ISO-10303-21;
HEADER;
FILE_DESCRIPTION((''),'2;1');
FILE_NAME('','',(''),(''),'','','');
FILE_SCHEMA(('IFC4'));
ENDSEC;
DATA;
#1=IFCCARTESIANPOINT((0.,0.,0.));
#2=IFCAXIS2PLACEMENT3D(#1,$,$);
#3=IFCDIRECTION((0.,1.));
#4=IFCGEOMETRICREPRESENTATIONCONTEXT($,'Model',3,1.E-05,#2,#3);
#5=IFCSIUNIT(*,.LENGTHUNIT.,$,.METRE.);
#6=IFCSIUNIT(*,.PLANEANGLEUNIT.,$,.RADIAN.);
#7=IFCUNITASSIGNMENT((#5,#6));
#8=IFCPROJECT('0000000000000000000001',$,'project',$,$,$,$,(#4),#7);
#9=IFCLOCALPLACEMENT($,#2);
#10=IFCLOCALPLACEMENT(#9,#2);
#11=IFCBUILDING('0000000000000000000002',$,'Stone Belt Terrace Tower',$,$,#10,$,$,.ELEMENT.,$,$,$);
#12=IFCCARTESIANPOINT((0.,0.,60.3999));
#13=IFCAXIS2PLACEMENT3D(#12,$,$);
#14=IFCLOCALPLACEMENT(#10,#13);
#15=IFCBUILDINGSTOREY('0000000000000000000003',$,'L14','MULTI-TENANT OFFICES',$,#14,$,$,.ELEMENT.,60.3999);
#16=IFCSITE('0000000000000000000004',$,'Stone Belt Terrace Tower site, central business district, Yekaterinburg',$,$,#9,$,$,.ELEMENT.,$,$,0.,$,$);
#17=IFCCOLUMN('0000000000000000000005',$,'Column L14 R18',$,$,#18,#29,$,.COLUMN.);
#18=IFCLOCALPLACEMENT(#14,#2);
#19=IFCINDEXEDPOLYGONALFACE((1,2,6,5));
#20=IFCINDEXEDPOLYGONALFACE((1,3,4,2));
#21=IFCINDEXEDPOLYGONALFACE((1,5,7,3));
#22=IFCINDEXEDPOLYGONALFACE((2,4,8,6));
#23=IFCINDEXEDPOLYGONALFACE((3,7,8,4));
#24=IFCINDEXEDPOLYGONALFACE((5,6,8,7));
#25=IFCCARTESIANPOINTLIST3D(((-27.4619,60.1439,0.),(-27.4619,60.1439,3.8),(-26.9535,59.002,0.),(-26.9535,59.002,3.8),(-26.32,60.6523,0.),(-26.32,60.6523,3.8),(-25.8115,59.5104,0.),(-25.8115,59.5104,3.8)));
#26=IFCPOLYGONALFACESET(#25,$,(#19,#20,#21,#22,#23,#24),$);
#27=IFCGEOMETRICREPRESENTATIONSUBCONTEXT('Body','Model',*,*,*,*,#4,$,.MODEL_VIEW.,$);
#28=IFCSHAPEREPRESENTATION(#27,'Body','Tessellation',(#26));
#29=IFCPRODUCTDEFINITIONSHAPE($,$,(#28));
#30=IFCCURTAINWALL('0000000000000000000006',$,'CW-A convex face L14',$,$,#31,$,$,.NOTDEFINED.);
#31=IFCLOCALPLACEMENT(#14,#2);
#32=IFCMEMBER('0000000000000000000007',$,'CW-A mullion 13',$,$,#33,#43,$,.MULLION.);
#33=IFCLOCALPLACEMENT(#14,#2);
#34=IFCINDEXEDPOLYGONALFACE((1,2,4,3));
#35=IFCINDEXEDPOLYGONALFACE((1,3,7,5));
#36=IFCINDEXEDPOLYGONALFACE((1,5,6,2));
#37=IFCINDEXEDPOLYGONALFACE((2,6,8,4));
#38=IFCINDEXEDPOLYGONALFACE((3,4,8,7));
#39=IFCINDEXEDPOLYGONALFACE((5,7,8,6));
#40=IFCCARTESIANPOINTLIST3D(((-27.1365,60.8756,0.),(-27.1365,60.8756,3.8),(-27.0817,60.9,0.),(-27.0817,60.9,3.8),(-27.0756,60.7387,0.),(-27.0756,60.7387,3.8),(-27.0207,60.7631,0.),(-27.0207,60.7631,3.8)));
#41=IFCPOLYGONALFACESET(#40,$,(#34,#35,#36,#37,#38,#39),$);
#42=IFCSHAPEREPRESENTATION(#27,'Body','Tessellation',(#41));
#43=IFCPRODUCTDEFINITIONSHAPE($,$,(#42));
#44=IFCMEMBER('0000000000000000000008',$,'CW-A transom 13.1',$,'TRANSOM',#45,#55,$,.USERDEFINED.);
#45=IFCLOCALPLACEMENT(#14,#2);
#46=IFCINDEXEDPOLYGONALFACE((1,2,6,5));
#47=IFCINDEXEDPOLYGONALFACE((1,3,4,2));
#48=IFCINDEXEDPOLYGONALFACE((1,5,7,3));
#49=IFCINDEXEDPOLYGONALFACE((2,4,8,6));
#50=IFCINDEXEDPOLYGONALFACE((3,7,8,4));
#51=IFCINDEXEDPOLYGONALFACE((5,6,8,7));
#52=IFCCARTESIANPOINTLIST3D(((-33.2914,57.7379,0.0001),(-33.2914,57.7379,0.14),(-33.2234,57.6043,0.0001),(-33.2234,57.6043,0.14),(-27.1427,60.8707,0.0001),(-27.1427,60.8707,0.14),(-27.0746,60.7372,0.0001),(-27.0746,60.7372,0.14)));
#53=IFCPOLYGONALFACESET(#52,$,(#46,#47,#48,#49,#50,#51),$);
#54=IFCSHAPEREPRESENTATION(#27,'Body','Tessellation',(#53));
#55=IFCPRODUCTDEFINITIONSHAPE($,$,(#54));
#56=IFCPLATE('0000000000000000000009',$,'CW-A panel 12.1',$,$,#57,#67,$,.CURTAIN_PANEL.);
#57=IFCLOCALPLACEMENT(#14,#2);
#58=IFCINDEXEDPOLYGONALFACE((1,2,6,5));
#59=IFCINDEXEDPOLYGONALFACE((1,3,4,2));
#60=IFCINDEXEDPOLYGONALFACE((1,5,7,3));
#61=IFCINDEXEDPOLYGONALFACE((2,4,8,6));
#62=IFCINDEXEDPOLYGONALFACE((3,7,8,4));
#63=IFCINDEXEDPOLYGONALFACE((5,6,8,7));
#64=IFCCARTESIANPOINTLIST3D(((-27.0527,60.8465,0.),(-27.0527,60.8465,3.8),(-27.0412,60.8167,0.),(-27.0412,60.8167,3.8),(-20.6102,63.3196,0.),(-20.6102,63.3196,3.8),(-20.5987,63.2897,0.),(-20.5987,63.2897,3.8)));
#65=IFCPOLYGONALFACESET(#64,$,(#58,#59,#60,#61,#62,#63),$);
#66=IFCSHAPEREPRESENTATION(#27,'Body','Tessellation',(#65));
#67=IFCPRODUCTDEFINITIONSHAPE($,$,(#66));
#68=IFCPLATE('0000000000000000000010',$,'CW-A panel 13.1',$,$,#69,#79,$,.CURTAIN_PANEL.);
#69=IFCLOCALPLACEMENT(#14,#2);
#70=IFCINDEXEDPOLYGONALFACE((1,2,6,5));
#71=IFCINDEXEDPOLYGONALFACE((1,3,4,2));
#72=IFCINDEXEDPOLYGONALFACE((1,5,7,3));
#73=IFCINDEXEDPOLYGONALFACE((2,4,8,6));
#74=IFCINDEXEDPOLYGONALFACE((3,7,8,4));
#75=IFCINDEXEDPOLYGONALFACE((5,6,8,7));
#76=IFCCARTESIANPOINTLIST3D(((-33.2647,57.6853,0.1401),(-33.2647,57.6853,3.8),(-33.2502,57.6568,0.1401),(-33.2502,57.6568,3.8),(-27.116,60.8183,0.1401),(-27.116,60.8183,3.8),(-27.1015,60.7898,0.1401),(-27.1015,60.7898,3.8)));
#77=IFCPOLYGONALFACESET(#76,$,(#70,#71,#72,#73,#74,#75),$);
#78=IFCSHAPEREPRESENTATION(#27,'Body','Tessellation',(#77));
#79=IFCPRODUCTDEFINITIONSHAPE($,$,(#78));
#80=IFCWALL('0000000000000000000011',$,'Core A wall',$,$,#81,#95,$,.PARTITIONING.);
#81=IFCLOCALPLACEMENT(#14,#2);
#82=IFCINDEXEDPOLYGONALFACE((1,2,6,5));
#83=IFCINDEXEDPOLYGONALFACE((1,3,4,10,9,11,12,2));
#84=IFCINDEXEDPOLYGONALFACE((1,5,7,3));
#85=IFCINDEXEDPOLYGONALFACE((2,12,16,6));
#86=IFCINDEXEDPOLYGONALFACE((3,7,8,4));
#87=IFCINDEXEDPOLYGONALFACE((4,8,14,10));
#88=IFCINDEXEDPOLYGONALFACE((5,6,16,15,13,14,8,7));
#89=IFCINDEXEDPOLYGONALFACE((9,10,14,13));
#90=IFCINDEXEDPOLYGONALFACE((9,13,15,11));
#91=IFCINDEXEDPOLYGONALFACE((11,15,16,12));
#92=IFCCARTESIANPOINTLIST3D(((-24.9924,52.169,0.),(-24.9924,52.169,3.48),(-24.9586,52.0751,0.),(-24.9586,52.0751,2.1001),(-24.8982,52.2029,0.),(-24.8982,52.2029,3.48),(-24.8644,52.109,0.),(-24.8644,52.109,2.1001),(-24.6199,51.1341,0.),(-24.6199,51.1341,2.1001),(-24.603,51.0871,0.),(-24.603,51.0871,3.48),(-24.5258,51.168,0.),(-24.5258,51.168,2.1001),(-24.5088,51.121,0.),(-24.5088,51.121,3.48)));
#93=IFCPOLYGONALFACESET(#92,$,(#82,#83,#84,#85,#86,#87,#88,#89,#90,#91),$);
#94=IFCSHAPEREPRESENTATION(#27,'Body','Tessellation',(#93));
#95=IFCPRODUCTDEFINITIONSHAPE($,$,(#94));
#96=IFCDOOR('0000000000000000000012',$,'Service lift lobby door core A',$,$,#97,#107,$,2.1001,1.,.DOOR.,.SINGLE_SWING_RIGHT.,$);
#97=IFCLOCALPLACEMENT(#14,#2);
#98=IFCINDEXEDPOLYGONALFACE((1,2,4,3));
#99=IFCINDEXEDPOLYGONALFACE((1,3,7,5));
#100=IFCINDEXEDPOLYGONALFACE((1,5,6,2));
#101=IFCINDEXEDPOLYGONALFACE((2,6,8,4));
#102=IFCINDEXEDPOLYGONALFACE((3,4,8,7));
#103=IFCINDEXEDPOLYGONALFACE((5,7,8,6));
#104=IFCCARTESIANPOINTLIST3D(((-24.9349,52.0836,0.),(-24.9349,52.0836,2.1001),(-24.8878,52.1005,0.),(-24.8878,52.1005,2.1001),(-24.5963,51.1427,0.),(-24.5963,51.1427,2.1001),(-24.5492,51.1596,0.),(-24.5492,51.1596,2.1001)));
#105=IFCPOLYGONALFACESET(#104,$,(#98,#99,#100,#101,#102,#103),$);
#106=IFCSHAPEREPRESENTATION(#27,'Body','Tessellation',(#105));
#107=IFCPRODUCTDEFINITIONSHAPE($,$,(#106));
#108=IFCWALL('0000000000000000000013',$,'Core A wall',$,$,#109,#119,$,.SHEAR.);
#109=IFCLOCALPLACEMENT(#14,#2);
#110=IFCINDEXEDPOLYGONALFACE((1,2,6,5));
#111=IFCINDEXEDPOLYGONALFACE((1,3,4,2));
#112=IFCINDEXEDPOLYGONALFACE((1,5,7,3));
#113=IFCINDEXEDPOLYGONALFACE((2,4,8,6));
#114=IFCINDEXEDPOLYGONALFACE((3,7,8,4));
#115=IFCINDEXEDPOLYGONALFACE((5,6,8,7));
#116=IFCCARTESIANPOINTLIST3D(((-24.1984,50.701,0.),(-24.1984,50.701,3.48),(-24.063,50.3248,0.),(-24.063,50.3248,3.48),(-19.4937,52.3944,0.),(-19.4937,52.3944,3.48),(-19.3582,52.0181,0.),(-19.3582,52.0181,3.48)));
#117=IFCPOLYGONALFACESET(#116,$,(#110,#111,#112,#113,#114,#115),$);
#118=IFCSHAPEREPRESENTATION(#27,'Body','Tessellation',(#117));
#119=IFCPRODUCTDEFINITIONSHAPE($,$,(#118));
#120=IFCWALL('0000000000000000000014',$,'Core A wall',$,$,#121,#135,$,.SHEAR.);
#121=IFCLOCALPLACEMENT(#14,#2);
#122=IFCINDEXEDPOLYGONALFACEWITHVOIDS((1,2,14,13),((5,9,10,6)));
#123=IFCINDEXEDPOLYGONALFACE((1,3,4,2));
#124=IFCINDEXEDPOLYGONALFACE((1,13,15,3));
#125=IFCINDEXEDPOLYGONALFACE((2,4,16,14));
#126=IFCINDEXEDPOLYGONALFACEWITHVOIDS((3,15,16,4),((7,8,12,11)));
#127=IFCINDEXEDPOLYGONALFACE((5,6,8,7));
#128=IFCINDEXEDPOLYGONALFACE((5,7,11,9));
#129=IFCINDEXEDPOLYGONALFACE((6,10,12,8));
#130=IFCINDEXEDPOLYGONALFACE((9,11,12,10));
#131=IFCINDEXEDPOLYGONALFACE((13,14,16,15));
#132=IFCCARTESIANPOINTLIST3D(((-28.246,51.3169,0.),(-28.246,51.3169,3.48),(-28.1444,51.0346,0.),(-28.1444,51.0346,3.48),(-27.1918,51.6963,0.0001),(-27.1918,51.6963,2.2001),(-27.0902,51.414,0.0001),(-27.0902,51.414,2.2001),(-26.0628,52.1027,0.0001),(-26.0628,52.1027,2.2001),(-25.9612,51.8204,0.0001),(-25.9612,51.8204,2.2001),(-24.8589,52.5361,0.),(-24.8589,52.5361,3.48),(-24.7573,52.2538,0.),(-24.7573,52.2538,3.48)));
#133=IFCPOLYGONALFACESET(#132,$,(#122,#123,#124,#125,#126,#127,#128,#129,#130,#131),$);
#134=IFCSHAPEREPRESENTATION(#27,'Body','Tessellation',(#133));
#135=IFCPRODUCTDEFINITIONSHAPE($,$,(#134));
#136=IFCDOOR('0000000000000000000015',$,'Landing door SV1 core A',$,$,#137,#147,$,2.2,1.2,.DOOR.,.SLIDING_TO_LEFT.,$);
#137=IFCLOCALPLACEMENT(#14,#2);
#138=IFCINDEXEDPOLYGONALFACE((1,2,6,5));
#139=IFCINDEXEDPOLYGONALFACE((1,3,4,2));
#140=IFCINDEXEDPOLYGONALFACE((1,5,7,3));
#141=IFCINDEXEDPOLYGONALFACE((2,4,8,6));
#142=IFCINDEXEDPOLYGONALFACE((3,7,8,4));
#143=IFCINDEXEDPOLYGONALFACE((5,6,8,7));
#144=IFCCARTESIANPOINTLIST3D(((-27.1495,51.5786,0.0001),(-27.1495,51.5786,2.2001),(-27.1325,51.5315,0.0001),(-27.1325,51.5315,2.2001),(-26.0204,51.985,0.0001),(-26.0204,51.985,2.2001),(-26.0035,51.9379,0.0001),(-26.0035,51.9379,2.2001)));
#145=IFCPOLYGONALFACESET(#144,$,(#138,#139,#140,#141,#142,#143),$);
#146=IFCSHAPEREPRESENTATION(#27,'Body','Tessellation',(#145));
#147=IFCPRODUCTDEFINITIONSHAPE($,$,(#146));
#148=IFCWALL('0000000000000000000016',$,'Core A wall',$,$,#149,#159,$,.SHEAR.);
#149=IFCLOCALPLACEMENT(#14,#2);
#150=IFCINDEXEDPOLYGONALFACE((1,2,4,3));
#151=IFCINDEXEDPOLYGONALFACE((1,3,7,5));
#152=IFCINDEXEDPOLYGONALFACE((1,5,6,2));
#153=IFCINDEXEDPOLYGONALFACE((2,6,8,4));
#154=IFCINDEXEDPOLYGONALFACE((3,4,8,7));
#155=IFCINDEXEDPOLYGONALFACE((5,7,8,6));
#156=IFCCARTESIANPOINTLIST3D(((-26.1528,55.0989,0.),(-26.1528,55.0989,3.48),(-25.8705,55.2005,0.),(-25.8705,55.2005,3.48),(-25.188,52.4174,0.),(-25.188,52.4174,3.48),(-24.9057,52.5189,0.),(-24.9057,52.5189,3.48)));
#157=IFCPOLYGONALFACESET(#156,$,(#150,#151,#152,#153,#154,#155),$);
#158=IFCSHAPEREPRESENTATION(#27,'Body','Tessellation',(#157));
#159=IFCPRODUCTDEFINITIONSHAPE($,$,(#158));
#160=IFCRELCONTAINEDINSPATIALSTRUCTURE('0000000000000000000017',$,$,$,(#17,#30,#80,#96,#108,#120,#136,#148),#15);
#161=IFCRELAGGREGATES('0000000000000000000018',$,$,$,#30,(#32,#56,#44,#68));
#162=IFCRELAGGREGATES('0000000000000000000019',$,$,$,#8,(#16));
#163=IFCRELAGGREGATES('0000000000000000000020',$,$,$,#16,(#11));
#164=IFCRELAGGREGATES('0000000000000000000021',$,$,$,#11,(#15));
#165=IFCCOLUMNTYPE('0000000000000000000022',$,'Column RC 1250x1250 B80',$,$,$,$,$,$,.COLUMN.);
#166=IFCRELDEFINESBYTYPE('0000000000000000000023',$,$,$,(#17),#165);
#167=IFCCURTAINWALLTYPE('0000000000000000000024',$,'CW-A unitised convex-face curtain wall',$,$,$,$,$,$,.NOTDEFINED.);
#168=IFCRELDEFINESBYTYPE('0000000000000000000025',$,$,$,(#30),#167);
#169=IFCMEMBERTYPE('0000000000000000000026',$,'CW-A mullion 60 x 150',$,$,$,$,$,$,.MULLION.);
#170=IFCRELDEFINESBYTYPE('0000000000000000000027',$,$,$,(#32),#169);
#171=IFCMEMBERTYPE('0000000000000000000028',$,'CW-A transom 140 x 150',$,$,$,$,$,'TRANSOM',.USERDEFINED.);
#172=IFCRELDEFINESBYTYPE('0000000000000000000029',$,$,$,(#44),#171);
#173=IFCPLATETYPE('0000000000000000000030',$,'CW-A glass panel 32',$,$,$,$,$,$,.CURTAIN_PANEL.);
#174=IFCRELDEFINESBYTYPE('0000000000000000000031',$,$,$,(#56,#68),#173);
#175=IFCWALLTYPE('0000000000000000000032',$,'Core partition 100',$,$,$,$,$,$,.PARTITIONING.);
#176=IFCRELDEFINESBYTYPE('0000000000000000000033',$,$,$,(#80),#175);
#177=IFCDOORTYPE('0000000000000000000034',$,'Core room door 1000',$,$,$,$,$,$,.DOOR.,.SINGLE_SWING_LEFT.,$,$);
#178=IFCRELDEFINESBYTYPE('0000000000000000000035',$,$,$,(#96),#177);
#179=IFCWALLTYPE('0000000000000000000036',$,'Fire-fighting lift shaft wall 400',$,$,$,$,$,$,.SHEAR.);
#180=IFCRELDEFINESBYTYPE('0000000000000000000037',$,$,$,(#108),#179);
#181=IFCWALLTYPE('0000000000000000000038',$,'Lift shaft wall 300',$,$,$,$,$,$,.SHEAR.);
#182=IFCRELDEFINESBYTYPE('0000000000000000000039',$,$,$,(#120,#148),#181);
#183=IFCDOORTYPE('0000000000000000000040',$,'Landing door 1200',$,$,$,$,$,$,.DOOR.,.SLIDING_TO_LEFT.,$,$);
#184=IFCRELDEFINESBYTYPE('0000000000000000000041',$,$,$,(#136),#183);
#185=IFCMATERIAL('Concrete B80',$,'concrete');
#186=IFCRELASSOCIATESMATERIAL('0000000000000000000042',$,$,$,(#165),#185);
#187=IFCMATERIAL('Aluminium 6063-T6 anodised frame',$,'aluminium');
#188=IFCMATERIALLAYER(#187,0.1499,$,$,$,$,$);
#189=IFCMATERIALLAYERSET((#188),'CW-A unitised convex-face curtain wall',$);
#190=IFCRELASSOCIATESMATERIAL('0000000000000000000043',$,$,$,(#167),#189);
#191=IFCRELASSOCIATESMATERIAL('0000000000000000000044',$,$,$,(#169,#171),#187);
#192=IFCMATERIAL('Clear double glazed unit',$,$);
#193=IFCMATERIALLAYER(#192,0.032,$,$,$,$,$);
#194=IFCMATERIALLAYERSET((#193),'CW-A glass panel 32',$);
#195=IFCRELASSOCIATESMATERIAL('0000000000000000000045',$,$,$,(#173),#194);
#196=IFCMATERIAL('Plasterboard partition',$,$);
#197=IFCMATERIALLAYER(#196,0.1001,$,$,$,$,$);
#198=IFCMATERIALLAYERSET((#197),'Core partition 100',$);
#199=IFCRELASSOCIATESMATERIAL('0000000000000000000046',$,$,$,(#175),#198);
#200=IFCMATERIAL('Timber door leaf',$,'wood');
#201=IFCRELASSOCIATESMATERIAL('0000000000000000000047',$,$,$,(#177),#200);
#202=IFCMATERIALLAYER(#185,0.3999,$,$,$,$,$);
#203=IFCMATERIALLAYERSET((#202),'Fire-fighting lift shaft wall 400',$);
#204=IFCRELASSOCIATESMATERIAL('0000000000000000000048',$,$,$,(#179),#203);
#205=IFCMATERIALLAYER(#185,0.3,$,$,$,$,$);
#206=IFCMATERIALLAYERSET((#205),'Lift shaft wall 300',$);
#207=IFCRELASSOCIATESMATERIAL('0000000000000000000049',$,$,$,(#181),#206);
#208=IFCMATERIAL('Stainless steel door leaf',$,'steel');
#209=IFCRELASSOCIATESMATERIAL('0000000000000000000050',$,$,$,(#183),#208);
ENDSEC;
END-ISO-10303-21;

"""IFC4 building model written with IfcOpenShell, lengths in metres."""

from ifc_helpers import new_model, si_unit, direction, frame, frame_2d, origin, origin_2d, place, context, subcontext, project, spatial, rectangle, extrude, material, layer, layer_set, material_profile, profile_set, type_object, element, fill, aggregate, save


model = new_model("IFC4")

# Units and contexts
model_context = context("Model", 3, precision=1e-05, world=origin(), true_north=direction((0.0, 1.0)))
body_context = subcontext(model_context, "Body", "Model", "MODEL_VIEW")
ifc_project = project(units=[si_unit("LENGTHUNIT", "METRE"), si_unit("PLANEANGLEUNIT", "RADIAN")], contexts=[model_context])

# Site, building, storey
site_placement = place(None, origin())
site = spatial("IfcSite", under=ifc_project, at=site_placement, Name="Stone Belt Terrace Tower site, central business district, Yekaterinburg", CompositionType="ELEMENT", RefElevation=0.0)
building_placement = place(site_placement, origin())
building = spatial("IfcBuilding", under=site, at=building_placement, Name="Stone Belt Terrace Tower", CompositionType="ELEMENT")
storey_placement = place(building_placement, frame((0.0, 0.0, 60.3999)))
storey = spatial("IfcBuildingStorey", under=building, at=storey_placement, Name="L14", Description="MULTI-TENANT OFFICES", CompositionType="ELEMENT", Elevation=60.3999)

# Column
ifc_material_1 = material(Name="Concrete B80", Category="concrete")
ifc_material_profile_1 = material_profile(ifc_material_1, rectangle(XDim=1.25, YDim=1.25, at=origin_2d()), Name="RC 1250x1250")
ifc_profile_set_1 = profile_set([ifc_material_profile_1], Name="Concrete B80")
column_type = type_object("IfcColumnType", Name="Column RC 1250x1250 B80", PredefinedType="COLUMN", material=ifc_profile_set_1)
column_placement = place(storey_placement, frame((-26.6367, 59.8271, 0.0), z_axis=(0.0, 0.0, 1.0), x_axis=(0.913545, 0.406737, 0.0)))
element("IfcColumn", 1, at=column_placement, inside=storey, type_object=column_type, Name="Column L14 R18", PredefinedType="COLUMN", context=body_context, shape_type="SweptSolid", body=[
    extrude(rectangle(XDim=1.25, YDim=1.25, at=origin_2d()), origin(), (0.0, 0.0, 1.0), 3.8),
])

# Curtain wall, members, plates
ifc_material_2 = material(Name="Aluminium 6063-T6 anodised frame", Category="aluminium")
ifc_layer_1 = layer(ifc_material_2, 0.1499)
ifc_layer_set_1 = layer_set([ifc_layer_1], Name="CW-A unitised convex-face curtain wall")
curtain_wall_type = type_object("IfcCurtainWallType", Name="CW-A unitised convex-face curtain wall", PredefinedType="NOTDEFINED", material=ifc_layer_set_1)
curtain_wall_placement = place(storey_placement, origin())
curtain_wall = element("IfcCurtainWall", 2, at=curtain_wall_placement, inside=storey, type_object=curtain_wall_type, Name="CW-A convex face L14", PredefinedType="NOTDEFINED")
ifc_material_profile_2 = material_profile(ifc_material_2, rectangle(XDim=0.1499, YDim=0.0601, at=origin_2d()), Name="Aluminium 6063-T6 60x150")
ifc_profile_set_2 = profile_set([ifc_material_profile_2], Name="Aluminium 6063-T6 anodised frame")
member_type_1 = type_object("IfcMemberType", Name="CW-A mullion 60 x 150", PredefinedType="MULLION", material=ifc_profile_set_2)
member_1_placement = place(storey_placement, frame((-27.0786, 60.8193, 0.0), z_axis=(0.0, 0.0, 1.0), x_axis=(0.406737, -0.913545, 0.0)))
member_1 = element("IfcMember", 3, at=member_1_placement, type_object=member_type_1, Name="CW-A mullion 13", PredefinedType="MULLION", context=body_context, shape_type="SweptSolid", body=[
    extrude(rectangle(XDim=0.1499, YDim=0.0601, at=origin_2d()), origin(), (0.0, 0.0, 1.0), 3.8),
])
ifc_material_profile_3 = material_profile(ifc_material_2, rectangle(XDim=0.1499, YDim=0.1399, at=origin_2d()), Name="Aluminium 6063-T6 150x140")
ifc_profile_set_3 = profile_set([ifc_material_profile_3], Name="Aluminium 6063-T6 anodised frame")
member_type_2 = type_object("IfcMemberType", Name="CW-A transom 140 x 150", ElementType="TRANSOM", PredefinedType="USERDEFINED", material=ifc_profile_set_3)
member_2_placement = place(storey_placement, frame((-27.1086, 60.804, 0.0701), z_axis=(-0.891012, -0.453979, 0.0), x_axis=(0.453979, -0.891012, 0.0)))
member_2 = element("IfcMember", 4, at=member_2_placement, type_object=member_type_2, Name="CW-A transom 13.1", ObjectType="TRANSOM", PredefinedType="USERDEFINED", context=body_context, shape_type="SweptSolid", body=[
    extrude(rectangle(XDim=0.1499, YDim=0.1399, at=origin_2d()), origin(), (0.0, 0.0, 1.0), 6.9009),
])
ifc_material_3 = material(Name="Clear double glazed unit")
ifc_layer_2 = layer(ifc_material_3, 0.032)
ifc_layer_set_2 = layer_set([ifc_layer_2], Name="CW-A glass panel 32")
plate_type = type_object("IfcPlateType", Name="CW-A glass panel 32", PredefinedType="CURTAIN_PANEL", material=ifc_layer_set_2)
plate_1_placement = place(storey_placement, frame((-23.8257, 62.0681, 0.0), z_axis=(0.0, 0.0, 1.0), x_axis=(-0.93358, -0.358368, 0.0)))
plate_1 = element("IfcPlate", 5, at=plate_1_placement, type_object=plate_type, Name="CW-A panel 12.1", PredefinedType="CURTAIN_PANEL", context=body_context, shape_type="SweptSolid", body=[
    extrude(rectangle(XDim=6.9009, YDim=0.032, at=origin_2d()), origin(), (0.0, 0.0, 1.0), 3.8),
])
plate_2_placement = place(storey_placement, frame((-30.1831, 59.2375, 0.1401), z_axis=(0.0, 0.0, 1.0), x_axis=(-0.891007, -0.45399, 0.0)))
plate_2 = element("IfcPlate", 6, at=plate_2_placement, type_object=plate_type, Name="CW-A panel 13.1", PredefinedType="CURTAIN_PANEL", context=body_context, shape_type="SweptSolid", body=[
    extrude(rectangle(XDim=6.9009, YDim=0.032, at=origin_2d()), origin(), (0.0, 0.0, 1.0), 3.6599),
])
aggregate(curtain_wall, [member_1, plate_1, member_2, plate_2])

# Wall, opening, door
ifc_material_4 = material(Name="Plasterboard partition")
ifc_layer_3 = layer(ifc_material_4, 0.1001)
ifc_layer_set_3 = layer_set([ifc_layer_3], Name="Core partition 100")
wall_type_1 = type_object("IfcWallType", Name="Core partition 100", PredefinedType="PARTITIONING", material=ifc_layer_set_3)
wall_1_placement = place(storey_placement, frame((-24.5559, 51.104, 0.0), z_axis=(0.0, 0.0, 1.0), x_axis=(-0.338622, 0.940923, 0.0)))
wall_1 = element("IfcWall", 7, at=wall_1_placement, inside=storey, type_object=wall_type_1, Name="Core A wall", PredefinedType="PARTITIONING", context=body_context, shape_type="SweptSolid", body=[
    extrude(rectangle(XDim=1.1499, YDim=0.1001, at=frame_2d((0.575, 0.0))), origin(), (0.0, 0.0, 1.0), 3.48),
])
opening_1_placement = place(wall_1_placement, frame((0.05, 0.0, 0.0)))
opening_1 = element("IfcOpeningElement", 8, at=opening_1_placement, cuts=wall_1, PredefinedType="OPENING", context=body_context, shape_type="SweptSolid", body=[
    extrude(rectangle(XDim=1.0, YDim=2.1001, at=frame_2d((0.5, 1.05))), frame((0.0, 0.0601, 0.0), z_axis=(0.0, -1.0, 0.0), x_axis=(1.0, 0.0, 0.0)), (0.0, 0.0, 1.0), 0.1201),
])
ifc_material_5 = material(Name="Timber door leaf", Category="wood")
door_type_1 = type_object("IfcDoorType", Name="Core room door 1000", OperationType="SINGLE_SWING_LEFT", PredefinedType="DOOR", material=ifc_material_5)
door_1_placement = place(opening_1_placement, origin())
door_1 = element("IfcDoor", 9, at=door_1_placement, inside=storey, type_object=door_type_1, Name="Service lift lobby door core A", OperationType="SINGLE_SWING_RIGHT", OverallHeight=2.1001, OverallWidth=1.0, PredefinedType="DOOR", context=body_context, shape_type="SweptSolid", body=[
    extrude(rectangle(XDim=1.0, YDim=2.1001, at=frame_2d((0.5, 1.05))), frame((0.0, 0.0249, 0.0), z_axis=(0.0, -1.0, 0.0), x_axis=(1.0, 0.0, 0.0)), (0.0, 0.0, 1.0), 0.05),
])
fill(opening_1, door_1)

# Wall
ifc_layer_4 = layer(ifc_material_1, 0.3999)
ifc_layer_set_4 = layer_set([ifc_layer_4], Name="Fire-fighting lift shaft wall 400")
wall_type_2 = type_object("IfcWallType", Name="Fire-fighting lift shaft wall 400", PredefinedType="SHEAR", material=ifc_layer_set_4)
wall_2_placement = place(storey_placement, frame((-24.1306, 50.5129, 0.0), z_axis=(0.0, 0.0, 1.0), x_axis=(0.940912, 0.338652, 0.0)))
element("IfcWall", 10, at=wall_2_placement, inside=storey, type_object=wall_type_2, Name="Core A wall", PredefinedType="SHEAR", context=body_context, shape_type="SweptSolid", body=[
    extrude(rectangle(XDim=5.0002, YDim=0.3999, at=frame_2d((2.5, 0.0))), origin(), (0.0, 0.0, 1.0), 3.48),
])

# Wall, opening, door
ifc_layer_5 = layer(ifc_material_1, 0.3)
ifc_layer_set_5 = layer_set([ifc_layer_5], Name="Lift shaft wall 300")
wall_type_3 = type_object("IfcWallType", Name="Lift shaft wall 300", PredefinedType="SHEAR", material=ifc_layer_set_5)
wall_3_placement = place(storey_placement, frame((-28.1951, 51.1758, 0.0), z_axis=(0.0, 0.0, 1.0), x_axis=(0.940901, 0.338681, 0.0)))
wall_3 = element("IfcWall", 11, at=wall_3_placement, inside=storey, type_object=wall_type_3, Name="Core A wall", PredefinedType="SHEAR", context=body_context, shape_type="SweptSolid", body=[
    extrude(rectangle(XDim=3.5999, YDim=0.3, at=frame_2d((1.7998, 0.0))), origin(), (0.0, 0.0, 1.0), 3.48),
])
opening_2_placement = place(wall_3_placement, frame((1.1201, 0.0, 0.0)))
opening_2 = element("IfcOpeningElement", 12, at=opening_2_placement, cuts=wall_3, PredefinedType="OPENING", context=body_context, shape_type="SweptSolid", body=[
    extrude(rectangle(XDim=1.2, YDim=2.2, at=frame_2d((0.6001, 1.1001))), frame((0.0, 0.1599, 0.0), z_axis=(0.0, -1.0, 0.0), x_axis=(1.0, 0.0, 0.0)), (0.0, 0.0, 1.0), 0.3201),
])
ifc_material_6 = material(Name="Stainless steel door leaf", Category="steel")
door_type_2 = type_object("IfcDoorType", Name="Landing door 1200", OperationType="SLIDING_TO_LEFT", PredefinedType="DOOR", material=ifc_material_6)
door_2_placement = place(opening_2_placement, origin())
door_2 = element("IfcDoor", 13, at=door_2_placement, inside=storey, type_object=door_type_2, Name="Landing door SV1 core A", OperationType="SLIDING_TO_LEFT", OverallHeight=2.2, OverallWidth=1.2, PredefinedType="DOOR", context=body_context, shape_type="SweptSolid", body=[
    extrude(rectangle(XDim=1.2, YDim=2.2, at=frame_2d((0.6001, 1.1001))), frame((0.0, 0.0249, 0.0), z_axis=(0.0, -1.0, 0.0), x_axis=(1.0, 0.0, 0.0)), (0.0, 0.0, 1.0), 0.05),
])
fill(opening_2, door_2)

# Wall
wall_4_placement = place(storey_placement, frame((-25.0469, 52.4683, 0.0), z_axis=(0.0, 0.0, 1.0), x_axis=(-0.33855, 0.940949, 0.0)))
element("IfcWall", 14, at=wall_4_placement, inside=storey, type_object=wall_type_3, Name="Core A wall", PredefinedType="SHEAR", context=body_context, shape_type="SweptSolid", body=[
    extrude(rectangle(XDim=2.8499, YDim=0.3, at=frame_2d((1.4248, 0.0))), origin(), (0.0, 0.0, 1.0), 3.48),
])

save(model, "model.ifc")
